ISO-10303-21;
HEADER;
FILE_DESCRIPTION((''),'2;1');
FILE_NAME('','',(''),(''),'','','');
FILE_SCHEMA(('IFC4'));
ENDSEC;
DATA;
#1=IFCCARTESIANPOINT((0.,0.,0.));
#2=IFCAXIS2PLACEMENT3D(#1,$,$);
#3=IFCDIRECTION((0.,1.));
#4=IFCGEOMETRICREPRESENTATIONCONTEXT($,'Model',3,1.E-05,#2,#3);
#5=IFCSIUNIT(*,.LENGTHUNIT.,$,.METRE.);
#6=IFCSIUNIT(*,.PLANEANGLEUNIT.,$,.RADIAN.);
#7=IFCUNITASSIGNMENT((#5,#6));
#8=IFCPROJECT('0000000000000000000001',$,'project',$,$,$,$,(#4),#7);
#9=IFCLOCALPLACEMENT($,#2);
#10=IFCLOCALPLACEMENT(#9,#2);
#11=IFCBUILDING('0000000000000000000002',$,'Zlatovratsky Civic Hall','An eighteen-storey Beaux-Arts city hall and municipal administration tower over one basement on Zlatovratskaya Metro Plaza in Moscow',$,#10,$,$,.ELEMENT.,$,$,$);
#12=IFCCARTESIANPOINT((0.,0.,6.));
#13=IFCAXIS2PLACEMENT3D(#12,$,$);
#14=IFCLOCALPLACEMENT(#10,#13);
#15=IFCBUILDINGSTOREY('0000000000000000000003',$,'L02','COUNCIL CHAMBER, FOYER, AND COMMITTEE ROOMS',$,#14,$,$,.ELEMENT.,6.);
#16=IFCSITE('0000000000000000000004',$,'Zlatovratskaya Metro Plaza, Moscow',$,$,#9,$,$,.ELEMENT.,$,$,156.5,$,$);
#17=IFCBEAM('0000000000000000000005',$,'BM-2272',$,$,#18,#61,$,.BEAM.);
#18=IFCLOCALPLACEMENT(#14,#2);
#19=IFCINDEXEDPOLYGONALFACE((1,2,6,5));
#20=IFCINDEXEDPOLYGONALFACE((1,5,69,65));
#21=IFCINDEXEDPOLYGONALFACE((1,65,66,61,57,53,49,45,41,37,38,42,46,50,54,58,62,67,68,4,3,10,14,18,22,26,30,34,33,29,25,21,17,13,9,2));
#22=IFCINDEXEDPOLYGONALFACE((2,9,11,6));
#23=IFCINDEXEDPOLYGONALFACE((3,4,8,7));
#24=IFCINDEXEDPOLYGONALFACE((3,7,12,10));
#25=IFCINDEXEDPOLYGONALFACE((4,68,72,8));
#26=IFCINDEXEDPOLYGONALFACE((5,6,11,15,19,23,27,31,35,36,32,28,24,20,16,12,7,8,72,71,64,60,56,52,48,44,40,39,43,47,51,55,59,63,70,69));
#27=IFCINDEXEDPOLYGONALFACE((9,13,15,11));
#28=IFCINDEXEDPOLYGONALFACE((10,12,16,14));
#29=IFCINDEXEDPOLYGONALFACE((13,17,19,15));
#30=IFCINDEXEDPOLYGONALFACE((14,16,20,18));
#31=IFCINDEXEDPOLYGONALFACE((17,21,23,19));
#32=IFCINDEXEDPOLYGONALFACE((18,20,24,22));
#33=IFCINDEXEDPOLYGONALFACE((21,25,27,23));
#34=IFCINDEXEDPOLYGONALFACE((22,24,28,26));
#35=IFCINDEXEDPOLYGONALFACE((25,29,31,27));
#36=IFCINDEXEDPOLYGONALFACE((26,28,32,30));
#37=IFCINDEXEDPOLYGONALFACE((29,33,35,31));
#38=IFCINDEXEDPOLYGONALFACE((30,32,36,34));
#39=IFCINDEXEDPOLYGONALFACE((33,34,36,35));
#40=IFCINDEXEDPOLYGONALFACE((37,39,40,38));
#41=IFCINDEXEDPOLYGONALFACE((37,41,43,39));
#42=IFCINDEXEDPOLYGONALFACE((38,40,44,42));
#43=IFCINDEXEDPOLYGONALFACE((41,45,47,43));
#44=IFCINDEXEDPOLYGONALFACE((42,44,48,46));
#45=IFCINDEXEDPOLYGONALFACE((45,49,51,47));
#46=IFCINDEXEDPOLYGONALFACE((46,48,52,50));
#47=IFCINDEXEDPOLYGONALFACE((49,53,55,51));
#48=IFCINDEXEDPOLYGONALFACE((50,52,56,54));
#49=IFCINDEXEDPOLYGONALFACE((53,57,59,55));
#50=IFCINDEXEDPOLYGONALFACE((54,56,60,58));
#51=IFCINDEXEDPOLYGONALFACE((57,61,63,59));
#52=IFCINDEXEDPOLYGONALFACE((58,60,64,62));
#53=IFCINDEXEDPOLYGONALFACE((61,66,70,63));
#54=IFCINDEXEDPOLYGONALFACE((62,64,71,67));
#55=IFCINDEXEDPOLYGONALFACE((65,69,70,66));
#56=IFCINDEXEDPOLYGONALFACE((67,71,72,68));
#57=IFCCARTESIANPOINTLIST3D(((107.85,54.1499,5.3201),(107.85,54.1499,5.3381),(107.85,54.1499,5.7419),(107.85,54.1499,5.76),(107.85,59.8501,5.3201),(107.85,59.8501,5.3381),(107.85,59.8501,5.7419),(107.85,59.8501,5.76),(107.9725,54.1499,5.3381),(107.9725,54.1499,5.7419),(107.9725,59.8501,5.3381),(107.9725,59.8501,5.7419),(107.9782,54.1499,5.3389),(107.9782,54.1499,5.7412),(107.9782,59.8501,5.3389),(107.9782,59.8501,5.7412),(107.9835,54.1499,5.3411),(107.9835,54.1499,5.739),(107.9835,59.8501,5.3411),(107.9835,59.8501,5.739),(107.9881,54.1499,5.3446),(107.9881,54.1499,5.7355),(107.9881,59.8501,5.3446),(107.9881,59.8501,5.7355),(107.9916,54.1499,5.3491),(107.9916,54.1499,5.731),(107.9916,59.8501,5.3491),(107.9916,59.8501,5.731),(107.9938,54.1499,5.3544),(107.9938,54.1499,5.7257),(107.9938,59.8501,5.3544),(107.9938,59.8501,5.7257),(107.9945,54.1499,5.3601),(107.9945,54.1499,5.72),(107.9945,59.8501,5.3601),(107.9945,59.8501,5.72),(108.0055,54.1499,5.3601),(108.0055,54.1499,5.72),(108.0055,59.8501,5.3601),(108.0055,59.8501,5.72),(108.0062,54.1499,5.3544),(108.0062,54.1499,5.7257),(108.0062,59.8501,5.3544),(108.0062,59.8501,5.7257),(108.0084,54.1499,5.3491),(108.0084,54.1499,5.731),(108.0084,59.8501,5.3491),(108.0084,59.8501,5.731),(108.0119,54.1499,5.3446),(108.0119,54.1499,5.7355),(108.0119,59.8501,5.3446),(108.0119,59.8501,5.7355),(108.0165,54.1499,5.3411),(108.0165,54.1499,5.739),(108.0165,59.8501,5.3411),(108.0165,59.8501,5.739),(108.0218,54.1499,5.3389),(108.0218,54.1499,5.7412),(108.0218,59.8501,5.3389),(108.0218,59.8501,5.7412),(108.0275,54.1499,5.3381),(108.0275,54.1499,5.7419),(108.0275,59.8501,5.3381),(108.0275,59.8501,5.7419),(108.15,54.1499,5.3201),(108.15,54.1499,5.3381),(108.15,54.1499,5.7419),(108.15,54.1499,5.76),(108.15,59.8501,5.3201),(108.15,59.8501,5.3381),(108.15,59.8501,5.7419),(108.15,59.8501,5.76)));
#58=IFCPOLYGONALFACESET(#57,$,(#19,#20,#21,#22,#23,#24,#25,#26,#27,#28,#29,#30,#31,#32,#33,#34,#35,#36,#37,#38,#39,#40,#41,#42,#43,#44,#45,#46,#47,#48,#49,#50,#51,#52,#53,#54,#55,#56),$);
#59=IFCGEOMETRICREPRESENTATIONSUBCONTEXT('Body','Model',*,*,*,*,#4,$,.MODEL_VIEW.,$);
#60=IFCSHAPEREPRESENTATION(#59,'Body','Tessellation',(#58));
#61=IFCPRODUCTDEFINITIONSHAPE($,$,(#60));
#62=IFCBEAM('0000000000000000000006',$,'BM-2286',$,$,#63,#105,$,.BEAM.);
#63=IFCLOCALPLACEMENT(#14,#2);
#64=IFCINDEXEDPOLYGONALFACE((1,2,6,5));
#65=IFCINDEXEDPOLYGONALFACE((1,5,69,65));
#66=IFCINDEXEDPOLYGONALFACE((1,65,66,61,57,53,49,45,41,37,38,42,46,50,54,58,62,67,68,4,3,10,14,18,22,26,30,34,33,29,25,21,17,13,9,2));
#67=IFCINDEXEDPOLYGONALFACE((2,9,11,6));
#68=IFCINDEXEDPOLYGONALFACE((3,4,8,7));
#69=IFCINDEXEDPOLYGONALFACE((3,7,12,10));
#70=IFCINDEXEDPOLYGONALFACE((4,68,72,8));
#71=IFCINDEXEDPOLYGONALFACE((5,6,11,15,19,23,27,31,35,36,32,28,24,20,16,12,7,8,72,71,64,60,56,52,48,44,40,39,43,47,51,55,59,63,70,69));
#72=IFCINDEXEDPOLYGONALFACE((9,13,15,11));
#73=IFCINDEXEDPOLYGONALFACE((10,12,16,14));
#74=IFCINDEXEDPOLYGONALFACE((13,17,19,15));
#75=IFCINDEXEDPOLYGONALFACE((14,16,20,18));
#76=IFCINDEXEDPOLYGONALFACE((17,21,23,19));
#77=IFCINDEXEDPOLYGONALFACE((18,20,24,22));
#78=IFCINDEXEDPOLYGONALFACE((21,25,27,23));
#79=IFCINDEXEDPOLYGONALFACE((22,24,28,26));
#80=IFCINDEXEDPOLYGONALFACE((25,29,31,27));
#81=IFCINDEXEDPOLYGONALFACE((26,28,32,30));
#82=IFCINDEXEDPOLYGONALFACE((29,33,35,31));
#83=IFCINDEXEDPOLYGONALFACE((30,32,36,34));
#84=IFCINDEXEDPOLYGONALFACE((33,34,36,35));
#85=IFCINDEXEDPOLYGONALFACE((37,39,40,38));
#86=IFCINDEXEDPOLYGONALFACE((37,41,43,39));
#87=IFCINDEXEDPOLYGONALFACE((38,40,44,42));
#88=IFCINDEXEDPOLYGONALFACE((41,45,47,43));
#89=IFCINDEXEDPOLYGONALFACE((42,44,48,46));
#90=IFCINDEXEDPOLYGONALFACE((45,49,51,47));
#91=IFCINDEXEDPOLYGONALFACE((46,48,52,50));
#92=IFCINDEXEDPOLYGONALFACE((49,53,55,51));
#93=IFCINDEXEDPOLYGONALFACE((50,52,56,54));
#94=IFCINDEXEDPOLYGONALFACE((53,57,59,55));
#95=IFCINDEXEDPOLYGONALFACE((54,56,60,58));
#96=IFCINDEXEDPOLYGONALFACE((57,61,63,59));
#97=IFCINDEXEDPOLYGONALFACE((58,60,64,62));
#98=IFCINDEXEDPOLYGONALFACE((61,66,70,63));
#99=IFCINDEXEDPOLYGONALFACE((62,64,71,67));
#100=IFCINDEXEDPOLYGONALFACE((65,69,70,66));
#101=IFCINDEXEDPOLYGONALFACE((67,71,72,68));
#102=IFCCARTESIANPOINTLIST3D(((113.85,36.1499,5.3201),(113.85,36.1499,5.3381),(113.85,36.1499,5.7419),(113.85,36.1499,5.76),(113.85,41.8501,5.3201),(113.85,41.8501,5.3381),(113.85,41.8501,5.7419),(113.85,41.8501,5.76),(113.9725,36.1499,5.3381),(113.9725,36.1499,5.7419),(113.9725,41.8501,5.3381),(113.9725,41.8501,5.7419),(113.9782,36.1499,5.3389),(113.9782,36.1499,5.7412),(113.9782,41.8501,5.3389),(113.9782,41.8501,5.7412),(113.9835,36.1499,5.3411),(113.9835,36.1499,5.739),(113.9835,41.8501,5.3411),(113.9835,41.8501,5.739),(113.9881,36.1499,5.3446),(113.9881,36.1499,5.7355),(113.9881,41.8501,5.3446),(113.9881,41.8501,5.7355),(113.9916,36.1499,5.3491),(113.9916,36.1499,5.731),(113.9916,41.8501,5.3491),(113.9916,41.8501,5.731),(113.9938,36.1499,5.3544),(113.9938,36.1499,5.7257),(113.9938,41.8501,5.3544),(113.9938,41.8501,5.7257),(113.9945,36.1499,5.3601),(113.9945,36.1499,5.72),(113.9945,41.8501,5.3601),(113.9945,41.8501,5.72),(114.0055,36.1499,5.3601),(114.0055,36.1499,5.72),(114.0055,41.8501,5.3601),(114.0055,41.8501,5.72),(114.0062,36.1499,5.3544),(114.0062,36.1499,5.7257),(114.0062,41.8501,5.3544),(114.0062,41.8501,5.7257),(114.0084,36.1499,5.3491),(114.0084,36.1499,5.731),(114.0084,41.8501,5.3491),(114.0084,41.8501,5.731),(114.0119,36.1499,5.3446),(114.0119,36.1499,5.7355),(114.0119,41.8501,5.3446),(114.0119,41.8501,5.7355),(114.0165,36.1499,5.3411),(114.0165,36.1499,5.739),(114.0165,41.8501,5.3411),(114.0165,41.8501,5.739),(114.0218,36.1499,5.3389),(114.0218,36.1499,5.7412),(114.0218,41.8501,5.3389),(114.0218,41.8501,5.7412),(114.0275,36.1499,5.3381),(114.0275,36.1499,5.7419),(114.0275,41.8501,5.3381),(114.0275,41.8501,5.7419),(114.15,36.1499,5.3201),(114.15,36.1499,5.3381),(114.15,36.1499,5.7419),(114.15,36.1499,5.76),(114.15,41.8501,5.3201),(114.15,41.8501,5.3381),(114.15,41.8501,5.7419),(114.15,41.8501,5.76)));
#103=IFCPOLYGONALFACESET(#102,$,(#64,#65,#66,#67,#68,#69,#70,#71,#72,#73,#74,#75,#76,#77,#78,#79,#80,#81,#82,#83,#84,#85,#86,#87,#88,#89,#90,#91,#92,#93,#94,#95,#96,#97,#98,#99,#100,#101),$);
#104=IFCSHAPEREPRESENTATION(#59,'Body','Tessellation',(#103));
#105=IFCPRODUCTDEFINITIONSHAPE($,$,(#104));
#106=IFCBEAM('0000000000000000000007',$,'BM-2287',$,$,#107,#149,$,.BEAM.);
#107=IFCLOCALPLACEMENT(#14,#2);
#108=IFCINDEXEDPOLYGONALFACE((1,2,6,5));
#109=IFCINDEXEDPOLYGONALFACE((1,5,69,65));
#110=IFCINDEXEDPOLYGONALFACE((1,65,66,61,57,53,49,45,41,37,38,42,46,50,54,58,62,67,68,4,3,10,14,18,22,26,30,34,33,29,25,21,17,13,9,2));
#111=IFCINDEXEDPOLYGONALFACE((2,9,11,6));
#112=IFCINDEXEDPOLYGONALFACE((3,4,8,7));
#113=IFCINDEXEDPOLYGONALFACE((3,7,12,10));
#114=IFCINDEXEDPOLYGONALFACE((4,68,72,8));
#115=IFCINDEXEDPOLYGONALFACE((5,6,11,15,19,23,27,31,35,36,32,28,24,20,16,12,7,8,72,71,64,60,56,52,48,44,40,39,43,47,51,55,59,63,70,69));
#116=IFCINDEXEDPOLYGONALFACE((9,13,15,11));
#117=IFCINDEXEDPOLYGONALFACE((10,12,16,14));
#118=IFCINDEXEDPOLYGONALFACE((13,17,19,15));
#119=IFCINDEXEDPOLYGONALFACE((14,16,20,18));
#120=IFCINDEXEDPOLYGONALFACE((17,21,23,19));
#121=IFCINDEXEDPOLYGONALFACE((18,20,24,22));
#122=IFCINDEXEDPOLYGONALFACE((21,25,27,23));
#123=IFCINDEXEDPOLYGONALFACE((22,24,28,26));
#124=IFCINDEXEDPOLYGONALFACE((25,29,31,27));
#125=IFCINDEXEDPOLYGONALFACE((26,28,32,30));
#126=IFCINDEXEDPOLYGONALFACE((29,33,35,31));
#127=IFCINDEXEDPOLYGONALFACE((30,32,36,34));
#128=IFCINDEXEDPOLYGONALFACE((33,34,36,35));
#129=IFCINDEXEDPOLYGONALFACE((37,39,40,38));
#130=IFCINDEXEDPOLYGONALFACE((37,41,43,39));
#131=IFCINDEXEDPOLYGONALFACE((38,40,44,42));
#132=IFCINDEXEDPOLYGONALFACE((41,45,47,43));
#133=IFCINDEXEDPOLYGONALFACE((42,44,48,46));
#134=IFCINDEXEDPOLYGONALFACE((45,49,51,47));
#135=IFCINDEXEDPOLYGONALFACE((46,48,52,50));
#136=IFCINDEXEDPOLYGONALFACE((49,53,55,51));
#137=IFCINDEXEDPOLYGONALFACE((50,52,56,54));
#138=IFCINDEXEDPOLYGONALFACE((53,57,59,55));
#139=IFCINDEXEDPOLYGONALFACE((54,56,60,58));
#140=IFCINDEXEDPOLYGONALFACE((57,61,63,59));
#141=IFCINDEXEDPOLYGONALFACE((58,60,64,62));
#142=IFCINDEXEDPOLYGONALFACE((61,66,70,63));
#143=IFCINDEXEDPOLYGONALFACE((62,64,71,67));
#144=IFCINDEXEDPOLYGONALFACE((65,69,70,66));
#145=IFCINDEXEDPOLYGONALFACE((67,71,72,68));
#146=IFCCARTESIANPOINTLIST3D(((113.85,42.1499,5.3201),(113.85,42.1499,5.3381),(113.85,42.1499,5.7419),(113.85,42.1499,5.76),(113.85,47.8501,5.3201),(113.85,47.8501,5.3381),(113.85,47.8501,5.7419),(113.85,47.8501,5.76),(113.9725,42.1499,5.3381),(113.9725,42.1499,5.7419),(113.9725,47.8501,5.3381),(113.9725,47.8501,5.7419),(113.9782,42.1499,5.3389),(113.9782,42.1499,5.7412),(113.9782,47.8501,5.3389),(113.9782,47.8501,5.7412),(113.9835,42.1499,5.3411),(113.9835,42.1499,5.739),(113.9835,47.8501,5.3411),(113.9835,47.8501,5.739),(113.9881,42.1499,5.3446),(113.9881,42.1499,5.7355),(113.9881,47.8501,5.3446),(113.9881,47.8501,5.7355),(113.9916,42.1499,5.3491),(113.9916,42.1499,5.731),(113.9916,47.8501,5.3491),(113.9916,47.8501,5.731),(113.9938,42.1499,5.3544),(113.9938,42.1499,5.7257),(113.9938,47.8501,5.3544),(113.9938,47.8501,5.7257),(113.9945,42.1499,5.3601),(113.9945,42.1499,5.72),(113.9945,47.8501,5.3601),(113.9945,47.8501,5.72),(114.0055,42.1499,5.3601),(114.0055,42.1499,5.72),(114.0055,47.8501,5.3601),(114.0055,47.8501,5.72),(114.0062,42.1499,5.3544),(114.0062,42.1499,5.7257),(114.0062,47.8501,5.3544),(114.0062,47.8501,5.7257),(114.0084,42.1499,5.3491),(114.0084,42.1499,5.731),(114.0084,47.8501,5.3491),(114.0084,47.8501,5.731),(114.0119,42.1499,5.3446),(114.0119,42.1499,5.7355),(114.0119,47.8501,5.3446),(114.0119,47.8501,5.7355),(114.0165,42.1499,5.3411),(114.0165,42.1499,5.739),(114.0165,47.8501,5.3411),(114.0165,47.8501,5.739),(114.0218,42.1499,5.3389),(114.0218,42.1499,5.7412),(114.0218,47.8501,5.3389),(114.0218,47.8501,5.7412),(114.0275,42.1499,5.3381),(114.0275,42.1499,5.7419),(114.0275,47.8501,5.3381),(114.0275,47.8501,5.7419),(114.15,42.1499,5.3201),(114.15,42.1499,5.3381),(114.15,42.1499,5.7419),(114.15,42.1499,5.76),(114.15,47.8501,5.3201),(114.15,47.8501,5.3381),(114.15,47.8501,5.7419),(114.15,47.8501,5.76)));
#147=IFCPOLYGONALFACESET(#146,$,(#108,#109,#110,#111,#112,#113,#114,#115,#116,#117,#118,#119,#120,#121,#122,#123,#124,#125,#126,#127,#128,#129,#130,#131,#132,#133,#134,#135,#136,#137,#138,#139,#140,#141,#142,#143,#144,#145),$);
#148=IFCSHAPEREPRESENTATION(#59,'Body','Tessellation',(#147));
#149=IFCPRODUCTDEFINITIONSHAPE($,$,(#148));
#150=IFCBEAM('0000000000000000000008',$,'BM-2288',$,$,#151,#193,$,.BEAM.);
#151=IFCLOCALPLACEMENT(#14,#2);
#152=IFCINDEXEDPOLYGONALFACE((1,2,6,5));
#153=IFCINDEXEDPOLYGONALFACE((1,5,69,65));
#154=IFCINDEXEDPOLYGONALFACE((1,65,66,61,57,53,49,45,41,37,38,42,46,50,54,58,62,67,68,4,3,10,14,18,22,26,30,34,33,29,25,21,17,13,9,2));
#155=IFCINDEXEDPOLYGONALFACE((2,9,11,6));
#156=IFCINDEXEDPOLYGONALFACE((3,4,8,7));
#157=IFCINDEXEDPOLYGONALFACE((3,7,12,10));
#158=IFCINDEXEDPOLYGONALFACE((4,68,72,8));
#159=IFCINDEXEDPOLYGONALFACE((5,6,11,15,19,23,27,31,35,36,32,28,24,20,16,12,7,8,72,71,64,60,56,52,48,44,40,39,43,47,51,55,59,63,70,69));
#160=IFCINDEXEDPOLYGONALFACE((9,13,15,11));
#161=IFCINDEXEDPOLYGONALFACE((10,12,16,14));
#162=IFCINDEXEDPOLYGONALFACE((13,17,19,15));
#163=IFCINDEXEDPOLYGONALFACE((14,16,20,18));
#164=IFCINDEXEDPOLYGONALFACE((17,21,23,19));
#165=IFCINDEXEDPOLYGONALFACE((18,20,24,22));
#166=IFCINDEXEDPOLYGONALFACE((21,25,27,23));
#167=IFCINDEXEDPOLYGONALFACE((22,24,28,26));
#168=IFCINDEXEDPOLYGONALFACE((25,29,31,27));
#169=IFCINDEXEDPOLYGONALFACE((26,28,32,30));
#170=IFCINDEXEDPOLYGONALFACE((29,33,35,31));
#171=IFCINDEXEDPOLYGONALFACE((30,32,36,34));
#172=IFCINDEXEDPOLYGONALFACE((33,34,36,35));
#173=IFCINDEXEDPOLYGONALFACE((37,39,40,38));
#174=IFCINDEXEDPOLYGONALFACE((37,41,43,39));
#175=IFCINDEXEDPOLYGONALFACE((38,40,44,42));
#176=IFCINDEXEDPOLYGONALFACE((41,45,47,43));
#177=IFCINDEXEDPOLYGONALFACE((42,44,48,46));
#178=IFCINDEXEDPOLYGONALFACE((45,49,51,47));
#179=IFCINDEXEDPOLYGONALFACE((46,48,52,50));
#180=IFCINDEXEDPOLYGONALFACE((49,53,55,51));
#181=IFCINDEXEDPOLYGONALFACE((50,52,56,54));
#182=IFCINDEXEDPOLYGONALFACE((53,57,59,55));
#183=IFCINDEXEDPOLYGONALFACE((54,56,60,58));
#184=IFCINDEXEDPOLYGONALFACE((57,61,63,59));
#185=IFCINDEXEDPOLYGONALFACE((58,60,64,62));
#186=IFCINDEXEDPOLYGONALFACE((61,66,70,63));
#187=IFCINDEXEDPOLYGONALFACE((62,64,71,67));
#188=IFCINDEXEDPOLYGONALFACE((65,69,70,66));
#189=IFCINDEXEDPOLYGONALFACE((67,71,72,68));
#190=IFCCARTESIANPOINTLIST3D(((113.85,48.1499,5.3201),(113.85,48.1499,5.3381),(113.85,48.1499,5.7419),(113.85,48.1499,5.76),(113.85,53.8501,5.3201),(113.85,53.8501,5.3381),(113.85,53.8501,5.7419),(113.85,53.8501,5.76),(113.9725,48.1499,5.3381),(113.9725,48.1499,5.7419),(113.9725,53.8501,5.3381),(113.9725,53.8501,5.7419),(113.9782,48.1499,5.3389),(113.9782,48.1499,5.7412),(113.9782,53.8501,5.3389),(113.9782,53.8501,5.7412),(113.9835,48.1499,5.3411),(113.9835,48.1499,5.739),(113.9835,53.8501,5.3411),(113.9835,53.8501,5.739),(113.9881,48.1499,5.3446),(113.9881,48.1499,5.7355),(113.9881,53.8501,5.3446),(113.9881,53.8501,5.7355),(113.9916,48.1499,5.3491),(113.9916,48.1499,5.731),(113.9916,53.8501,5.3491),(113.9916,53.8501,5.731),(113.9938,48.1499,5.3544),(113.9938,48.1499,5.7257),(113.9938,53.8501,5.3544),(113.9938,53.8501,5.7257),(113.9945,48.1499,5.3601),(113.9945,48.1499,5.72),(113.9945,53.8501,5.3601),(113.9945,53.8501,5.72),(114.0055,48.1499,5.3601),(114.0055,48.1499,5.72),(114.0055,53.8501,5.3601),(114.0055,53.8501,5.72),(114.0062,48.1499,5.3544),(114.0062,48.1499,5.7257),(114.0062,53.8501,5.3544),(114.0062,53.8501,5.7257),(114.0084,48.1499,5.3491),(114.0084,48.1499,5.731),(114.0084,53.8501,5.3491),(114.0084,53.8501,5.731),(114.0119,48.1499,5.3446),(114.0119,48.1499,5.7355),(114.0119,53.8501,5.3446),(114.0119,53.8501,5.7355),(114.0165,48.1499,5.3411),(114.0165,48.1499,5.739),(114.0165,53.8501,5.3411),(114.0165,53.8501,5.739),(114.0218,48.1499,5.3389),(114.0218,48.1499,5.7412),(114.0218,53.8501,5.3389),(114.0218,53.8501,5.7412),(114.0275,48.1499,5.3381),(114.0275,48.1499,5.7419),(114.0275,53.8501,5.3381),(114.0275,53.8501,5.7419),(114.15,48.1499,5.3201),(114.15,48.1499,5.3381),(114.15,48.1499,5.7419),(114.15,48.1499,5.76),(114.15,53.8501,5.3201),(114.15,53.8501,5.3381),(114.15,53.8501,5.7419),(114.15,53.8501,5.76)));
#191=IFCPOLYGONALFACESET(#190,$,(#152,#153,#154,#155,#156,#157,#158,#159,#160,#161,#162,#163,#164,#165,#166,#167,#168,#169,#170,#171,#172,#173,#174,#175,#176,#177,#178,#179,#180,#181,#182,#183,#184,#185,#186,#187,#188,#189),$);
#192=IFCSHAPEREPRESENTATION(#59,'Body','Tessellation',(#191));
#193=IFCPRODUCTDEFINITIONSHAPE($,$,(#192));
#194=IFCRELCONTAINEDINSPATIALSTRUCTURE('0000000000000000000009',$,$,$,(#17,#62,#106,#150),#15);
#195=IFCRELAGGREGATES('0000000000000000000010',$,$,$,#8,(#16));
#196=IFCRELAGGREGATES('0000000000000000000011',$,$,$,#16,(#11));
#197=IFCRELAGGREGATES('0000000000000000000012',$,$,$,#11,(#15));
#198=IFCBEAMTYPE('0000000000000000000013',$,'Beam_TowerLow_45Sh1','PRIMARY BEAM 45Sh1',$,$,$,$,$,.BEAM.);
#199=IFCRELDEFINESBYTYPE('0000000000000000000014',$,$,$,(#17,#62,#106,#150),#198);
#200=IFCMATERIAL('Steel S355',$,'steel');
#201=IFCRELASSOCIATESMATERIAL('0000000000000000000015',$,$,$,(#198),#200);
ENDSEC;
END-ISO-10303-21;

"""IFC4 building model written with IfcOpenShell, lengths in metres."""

from ifc_helpers import new_model, si_unit, direction, frame, origin, origin_2d, place, context, subcontext, project, spatial, i_section, extrude, material, material_profile, profile_set, type_object, element, save


model = new_model("IFC4")

# Units and contexts
model_context = context("Model", 3, precision=1e-05, world=origin(), true_north=direction((0.0, 1.0)))
body_context = subcontext(model_context, "Body", "Model", "MODEL_VIEW")
ifc_project = project(units=[si_unit("LENGTHUNIT", "METRE"), si_unit("PLANEANGLEUNIT", "RADIAN")], contexts=[model_context])

# Site, building, storey
site_placement = place(None, origin())
site = spatial("IfcSite", under=ifc_project, at=site_placement, Name="Zlatovratskaya Metro Plaza, Moscow", CompositionType="ELEMENT", RefElevation=156.5)
building_placement = place(site_placement, origin())
building = spatial("IfcBuilding", under=site, at=building_placement, Name="Zlatovratsky Civic Hall", Description="An eighteen-storey Beaux-Arts city hall and municipal administration tower over one basement on Zlatovratskaya Metro Plaza in Moscow", CompositionType="ELEMENT")
storey_placement = place(building_placement, frame((0.0, 0.0, 6.0)))
storey = spatial("IfcBuildingStorey", under=building, at=storey_placement, Name="L02", Description="COUNCIL CHAMBER, FOYER, AND COMMITTEE ROOMS", CompositionType="ELEMENT", Elevation=6.0)

# Shared definitions
ifc_material_1 = material(Name="Steel S355", Category="steel")

# Beams
ifc_material_profile_1 = material_profile(ifc_material_1, i_section(OverallWidth=0.3, OverallDepth=0.4399, WebThickness=0.011, FlangeThickness=0.0181, FilletRadius=0.022, at=origin_2d()), Name="45Sh1")
ifc_profile_set_1 = profile_set([ifc_material_profile_1], Name="Steel S355")
beam_type = type_object("IfcBeamType", Name="Beam_TowerLow_45Sh1", Description="PRIMARY BEAM 45Sh1", PredefinedType="BEAM", material=ifc_profile_set_1)
for number, where, z_axis, x_axis, name in (
    (1, (108.0, 54.1499, 5.54), (0.0, 1.0, 0.0), (-1.0, 0.0, 0.0), "BM-2272"),
    (2, (114.0, 36.1499, 5.54), (0.0, 1.0, 0.0), (-1.0, 0.0, 0.0), "BM-2286"),
    (3, (114.0, 42.1499, 5.54), (0.0, 1.0, 0.0), (-1.0, 0.0, 0.0), "BM-2287"),
    (4, (114.0, 48.1499, 5.54), (0.0, 1.0, 0.0), (-1.0, 0.0, 0.0), "BM-2288"),
):
    element("IfcBeam", number, at=place(storey_placement, frame(where, z_axis=z_axis, x_axis=x_axis)), inside=storey, type_object=beam_type, Name=name, PredefinedType="BEAM", context=body_context, shape_type="SweptSolid", body=[
        extrude(i_section(OverallWidth=0.3, OverallDepth=0.4399, WebThickness=0.011, FlangeThickness=0.0181, FilletRadius=0.022, at=origin_2d()), origin(), (0.0, 0.0, 1.0), 5.7002),
    ])

save(model, "model.ifc")
